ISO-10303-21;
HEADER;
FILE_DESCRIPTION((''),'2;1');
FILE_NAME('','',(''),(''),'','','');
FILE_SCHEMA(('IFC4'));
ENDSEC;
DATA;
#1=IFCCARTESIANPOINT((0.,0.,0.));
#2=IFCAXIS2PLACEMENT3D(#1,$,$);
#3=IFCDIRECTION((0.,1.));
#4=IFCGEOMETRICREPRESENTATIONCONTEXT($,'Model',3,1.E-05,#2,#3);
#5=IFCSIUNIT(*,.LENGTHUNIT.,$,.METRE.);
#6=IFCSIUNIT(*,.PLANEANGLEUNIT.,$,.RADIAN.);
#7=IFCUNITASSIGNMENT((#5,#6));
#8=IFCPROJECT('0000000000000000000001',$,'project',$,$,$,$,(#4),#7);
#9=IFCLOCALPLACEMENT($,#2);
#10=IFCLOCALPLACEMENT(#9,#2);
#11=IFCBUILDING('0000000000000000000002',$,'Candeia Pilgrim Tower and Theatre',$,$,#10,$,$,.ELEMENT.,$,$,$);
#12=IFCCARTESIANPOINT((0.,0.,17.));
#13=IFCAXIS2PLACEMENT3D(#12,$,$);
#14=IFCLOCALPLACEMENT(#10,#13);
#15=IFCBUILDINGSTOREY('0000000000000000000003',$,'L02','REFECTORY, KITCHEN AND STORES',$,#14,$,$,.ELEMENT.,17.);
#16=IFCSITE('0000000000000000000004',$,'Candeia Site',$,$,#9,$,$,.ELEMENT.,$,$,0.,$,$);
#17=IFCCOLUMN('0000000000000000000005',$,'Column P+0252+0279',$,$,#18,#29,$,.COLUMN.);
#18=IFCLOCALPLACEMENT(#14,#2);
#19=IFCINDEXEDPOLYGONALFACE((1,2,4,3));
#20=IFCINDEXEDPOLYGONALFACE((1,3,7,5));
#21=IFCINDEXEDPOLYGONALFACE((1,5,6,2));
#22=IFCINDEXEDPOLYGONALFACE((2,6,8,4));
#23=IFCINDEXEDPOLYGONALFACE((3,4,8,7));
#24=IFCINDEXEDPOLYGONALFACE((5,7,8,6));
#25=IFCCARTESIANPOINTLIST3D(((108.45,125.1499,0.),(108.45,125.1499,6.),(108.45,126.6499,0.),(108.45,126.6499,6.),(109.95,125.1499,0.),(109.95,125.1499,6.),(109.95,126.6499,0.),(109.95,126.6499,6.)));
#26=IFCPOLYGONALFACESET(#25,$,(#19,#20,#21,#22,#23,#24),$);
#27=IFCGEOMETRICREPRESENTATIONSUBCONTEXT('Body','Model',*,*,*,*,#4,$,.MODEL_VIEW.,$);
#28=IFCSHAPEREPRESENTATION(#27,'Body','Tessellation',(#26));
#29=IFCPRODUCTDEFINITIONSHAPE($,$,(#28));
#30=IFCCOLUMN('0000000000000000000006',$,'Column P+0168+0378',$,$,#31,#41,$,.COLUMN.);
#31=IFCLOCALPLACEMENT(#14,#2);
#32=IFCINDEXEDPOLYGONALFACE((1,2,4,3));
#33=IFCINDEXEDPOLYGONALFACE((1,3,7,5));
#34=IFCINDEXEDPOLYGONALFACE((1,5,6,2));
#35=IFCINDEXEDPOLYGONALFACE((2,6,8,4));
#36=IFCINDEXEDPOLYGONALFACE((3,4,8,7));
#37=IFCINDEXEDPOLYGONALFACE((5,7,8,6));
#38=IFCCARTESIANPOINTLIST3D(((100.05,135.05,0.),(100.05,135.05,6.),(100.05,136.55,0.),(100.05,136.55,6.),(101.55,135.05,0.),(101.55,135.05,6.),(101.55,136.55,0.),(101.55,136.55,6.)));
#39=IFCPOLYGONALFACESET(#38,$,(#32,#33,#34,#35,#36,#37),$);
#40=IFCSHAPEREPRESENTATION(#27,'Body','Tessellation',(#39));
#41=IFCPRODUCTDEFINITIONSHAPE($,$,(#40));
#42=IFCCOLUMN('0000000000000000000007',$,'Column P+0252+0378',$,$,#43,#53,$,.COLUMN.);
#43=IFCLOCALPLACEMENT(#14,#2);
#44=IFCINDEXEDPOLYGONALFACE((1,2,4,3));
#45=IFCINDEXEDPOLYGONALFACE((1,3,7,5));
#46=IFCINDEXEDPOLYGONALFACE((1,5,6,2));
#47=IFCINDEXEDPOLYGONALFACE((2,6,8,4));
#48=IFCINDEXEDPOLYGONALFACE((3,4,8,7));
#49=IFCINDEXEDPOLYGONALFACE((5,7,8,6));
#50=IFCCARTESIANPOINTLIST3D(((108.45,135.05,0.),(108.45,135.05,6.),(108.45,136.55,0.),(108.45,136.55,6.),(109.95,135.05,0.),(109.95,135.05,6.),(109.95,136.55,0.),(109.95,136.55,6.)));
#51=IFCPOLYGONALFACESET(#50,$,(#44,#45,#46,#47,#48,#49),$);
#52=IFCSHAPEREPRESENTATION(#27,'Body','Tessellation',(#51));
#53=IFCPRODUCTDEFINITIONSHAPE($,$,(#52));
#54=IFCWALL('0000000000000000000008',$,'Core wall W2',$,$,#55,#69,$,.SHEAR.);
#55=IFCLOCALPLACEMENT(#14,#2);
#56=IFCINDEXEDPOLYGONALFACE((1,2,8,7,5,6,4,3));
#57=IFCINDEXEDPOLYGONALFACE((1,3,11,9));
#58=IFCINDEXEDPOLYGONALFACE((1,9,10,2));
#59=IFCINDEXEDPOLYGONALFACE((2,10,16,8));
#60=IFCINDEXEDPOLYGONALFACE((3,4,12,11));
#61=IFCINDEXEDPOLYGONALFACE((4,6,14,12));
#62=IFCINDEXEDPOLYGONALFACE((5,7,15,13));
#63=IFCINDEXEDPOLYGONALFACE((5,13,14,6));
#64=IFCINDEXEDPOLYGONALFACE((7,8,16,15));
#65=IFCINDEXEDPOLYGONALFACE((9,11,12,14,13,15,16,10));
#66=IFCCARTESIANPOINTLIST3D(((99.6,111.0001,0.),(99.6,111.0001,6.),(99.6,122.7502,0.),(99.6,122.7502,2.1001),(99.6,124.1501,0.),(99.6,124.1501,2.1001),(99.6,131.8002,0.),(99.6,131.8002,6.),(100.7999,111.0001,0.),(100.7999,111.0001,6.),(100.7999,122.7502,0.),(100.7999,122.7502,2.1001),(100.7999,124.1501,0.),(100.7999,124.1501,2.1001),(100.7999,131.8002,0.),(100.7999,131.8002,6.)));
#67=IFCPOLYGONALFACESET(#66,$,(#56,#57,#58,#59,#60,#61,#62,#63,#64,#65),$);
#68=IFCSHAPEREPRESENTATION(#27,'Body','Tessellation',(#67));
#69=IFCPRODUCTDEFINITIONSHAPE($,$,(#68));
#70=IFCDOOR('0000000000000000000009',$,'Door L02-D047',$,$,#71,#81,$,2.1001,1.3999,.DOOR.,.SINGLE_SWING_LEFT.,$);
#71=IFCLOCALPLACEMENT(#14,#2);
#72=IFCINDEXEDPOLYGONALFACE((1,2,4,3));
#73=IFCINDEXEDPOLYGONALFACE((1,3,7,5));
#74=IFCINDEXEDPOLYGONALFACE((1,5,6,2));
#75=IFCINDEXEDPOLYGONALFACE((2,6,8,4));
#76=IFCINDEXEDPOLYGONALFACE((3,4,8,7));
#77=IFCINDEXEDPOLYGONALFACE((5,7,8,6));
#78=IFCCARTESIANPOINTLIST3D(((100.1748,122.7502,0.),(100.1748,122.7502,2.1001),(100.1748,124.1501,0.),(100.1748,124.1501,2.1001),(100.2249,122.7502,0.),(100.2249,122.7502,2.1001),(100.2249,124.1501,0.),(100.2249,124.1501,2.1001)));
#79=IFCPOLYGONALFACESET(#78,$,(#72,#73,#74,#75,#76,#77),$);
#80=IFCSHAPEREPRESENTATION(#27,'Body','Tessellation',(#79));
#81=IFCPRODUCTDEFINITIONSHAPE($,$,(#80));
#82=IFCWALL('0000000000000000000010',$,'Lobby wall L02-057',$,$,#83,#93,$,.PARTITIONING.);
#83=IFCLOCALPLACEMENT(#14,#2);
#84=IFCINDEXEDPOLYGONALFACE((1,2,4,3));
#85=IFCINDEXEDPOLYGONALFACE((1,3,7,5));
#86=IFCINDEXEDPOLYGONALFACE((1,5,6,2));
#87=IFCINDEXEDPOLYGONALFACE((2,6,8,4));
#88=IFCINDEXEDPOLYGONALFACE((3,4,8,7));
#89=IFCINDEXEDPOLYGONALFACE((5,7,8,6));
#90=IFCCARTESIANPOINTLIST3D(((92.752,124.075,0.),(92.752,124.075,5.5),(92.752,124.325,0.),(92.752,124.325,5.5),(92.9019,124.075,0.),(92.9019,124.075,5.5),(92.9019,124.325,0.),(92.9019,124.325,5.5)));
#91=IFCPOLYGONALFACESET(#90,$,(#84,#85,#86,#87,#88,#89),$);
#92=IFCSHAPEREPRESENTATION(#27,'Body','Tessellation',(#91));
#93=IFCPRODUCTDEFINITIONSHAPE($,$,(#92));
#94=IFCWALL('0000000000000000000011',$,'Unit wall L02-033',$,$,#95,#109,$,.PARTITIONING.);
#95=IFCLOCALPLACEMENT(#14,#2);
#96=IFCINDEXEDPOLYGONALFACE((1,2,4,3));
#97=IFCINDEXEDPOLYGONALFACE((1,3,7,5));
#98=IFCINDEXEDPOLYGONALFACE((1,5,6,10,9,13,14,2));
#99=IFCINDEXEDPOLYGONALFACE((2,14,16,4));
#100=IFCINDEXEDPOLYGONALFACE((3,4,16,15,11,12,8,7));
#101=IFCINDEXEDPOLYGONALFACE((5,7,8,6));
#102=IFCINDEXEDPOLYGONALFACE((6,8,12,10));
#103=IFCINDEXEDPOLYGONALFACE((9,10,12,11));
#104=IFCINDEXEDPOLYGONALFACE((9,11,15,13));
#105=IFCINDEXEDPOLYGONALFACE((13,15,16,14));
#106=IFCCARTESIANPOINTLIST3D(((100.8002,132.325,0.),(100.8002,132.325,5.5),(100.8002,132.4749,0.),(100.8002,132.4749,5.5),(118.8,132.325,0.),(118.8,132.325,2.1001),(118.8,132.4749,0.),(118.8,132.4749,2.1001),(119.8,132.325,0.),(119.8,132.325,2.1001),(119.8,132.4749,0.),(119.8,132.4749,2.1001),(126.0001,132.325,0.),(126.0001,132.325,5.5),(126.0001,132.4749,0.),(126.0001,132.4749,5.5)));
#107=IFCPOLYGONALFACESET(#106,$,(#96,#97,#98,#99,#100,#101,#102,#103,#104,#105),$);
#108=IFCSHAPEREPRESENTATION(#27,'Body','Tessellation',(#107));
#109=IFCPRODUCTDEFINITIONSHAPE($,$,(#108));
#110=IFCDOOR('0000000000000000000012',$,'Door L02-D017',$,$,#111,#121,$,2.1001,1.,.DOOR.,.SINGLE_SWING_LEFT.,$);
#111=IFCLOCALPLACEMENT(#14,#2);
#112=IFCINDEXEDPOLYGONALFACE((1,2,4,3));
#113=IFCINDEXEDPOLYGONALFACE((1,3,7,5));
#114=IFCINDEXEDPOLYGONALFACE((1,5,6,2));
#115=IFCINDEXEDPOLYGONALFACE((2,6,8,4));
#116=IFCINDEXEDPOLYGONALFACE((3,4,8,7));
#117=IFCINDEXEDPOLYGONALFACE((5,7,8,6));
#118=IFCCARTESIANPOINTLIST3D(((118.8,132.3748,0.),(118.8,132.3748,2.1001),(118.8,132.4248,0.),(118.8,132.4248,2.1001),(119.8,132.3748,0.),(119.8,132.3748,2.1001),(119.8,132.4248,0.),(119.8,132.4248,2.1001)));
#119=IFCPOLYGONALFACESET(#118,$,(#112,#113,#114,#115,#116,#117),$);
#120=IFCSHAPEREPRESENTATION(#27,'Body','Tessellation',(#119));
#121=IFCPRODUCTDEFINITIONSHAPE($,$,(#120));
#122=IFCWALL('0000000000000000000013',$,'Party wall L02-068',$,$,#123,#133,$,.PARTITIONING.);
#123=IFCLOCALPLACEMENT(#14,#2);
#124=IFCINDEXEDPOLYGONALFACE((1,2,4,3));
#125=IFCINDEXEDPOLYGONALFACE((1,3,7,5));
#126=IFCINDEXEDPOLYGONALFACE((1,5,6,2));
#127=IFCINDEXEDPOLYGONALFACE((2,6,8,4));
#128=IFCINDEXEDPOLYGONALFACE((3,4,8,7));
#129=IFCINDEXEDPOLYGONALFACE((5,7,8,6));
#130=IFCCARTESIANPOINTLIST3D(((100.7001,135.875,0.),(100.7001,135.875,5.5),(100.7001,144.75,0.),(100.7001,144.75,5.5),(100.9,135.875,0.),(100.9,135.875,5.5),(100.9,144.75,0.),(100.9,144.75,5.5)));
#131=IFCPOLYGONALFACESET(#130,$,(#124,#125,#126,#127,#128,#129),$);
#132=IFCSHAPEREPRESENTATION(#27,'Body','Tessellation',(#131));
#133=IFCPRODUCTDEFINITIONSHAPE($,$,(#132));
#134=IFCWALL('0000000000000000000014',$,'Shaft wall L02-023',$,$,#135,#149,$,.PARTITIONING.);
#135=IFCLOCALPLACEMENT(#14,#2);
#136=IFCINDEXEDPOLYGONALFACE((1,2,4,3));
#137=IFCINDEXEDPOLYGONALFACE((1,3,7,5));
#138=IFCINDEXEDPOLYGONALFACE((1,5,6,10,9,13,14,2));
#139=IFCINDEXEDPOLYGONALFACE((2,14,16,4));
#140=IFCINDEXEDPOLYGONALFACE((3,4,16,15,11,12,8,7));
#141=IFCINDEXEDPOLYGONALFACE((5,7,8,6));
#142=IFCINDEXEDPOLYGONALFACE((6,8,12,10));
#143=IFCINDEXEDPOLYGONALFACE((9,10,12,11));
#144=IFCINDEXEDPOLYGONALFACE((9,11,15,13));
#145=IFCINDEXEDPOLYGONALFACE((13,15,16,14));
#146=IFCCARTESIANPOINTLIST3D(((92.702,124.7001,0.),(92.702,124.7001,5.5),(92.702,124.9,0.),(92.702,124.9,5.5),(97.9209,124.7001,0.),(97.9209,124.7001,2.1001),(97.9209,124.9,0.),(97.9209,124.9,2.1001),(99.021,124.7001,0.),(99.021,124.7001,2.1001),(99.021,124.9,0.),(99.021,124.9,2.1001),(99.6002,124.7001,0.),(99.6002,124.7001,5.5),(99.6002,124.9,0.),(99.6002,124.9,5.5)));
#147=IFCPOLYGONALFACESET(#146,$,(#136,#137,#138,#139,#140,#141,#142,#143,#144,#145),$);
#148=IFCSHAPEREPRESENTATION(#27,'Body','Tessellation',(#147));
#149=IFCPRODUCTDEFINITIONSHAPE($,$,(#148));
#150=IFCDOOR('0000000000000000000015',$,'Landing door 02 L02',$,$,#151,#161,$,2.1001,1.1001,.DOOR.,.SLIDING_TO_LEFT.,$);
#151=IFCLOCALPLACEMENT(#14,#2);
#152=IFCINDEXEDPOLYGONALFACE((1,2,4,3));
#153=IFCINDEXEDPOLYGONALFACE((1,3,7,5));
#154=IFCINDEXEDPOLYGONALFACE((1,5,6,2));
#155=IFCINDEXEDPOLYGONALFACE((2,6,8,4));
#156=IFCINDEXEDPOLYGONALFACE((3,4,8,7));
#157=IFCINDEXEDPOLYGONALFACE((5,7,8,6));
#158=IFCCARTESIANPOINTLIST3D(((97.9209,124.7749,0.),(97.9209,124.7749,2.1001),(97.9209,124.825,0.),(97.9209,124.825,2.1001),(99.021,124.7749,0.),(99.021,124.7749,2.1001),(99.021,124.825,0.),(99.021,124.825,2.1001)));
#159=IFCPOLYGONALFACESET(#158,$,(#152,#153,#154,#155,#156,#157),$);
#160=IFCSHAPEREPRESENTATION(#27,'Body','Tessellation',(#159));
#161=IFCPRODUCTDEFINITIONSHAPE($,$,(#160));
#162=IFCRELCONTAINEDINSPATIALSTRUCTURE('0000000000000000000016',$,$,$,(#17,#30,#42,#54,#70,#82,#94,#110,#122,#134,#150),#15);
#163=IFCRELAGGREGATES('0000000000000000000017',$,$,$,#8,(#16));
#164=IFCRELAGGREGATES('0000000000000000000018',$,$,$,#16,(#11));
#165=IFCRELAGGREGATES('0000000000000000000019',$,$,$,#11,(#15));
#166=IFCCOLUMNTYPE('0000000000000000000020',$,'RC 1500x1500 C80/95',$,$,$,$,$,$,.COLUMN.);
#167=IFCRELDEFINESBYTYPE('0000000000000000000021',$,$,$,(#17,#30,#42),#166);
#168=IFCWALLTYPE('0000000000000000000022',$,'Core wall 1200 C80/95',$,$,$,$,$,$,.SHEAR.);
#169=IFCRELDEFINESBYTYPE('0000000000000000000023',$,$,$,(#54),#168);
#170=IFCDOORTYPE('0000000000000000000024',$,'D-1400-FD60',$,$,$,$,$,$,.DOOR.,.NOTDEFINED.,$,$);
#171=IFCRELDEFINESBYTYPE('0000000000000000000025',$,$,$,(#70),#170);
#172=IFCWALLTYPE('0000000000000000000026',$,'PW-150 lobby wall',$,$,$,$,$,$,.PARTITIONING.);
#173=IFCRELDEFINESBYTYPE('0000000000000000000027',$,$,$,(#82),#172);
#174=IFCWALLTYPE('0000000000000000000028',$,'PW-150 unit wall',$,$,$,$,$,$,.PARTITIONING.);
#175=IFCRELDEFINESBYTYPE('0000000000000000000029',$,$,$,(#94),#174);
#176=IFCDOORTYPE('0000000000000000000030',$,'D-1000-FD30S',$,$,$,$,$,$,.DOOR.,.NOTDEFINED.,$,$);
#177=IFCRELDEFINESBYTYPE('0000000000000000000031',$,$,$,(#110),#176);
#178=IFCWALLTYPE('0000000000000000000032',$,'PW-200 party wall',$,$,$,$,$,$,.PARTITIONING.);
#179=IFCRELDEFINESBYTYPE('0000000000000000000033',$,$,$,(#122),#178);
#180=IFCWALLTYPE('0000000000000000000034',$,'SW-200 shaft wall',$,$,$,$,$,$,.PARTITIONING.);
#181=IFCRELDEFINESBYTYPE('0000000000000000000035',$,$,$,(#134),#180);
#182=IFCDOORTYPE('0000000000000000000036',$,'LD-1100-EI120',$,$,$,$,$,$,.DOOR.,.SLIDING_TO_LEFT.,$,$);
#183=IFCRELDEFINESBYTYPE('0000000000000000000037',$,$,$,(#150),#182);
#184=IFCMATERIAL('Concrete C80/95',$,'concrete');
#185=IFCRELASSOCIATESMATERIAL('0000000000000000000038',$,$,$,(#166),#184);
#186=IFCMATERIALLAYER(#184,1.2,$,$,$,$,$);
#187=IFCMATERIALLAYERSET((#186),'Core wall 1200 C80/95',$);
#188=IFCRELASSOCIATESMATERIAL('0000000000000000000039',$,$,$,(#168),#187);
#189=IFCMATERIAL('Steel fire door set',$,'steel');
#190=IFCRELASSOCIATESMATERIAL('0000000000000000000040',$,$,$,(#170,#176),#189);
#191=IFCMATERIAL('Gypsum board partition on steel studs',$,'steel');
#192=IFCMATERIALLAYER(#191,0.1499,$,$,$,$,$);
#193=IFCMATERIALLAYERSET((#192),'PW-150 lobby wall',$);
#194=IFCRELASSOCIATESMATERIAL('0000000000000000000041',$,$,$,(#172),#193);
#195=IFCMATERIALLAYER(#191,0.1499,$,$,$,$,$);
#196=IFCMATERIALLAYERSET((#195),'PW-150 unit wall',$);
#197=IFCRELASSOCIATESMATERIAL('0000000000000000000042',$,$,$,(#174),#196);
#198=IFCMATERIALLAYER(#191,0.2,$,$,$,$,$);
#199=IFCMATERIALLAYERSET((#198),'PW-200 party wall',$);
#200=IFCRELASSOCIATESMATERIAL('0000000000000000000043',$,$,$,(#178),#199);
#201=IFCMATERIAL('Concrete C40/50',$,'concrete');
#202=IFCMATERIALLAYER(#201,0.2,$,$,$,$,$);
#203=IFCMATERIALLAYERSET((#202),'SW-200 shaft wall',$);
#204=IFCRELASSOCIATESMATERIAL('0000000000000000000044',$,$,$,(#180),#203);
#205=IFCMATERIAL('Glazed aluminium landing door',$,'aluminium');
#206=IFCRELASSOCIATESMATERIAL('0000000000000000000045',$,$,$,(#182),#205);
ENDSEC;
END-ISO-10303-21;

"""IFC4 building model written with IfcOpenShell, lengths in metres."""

from ifc_helpers import new_model, si_unit, direction, frame, frame_2d, origin, origin_2d, place, context, subcontext, project, spatial, rectangle, extrude, material, layer, layer_set, material_profile, profile_set, type_object, element, fill, save


model = new_model("IFC4")

# Units and contexts
model_context = context("Model", 3, precision=1e-05, world=origin(), true_north=direction((0.0, 1.0)))
body_context = subcontext(model_context, "Body", "Model", "MODEL_VIEW")
ifc_project = project(units=[si_unit("LENGTHUNIT", "METRE"), si_unit("PLANEANGLEUNIT", "RADIAN")], contexts=[model_context])

# Site, building, storey
site_placement = place(None, origin())
site = spatial("IfcSite", under=ifc_project, at=site_placement, Name="Candeia Site", CompositionType="ELEMENT", RefElevation=0.0)
building_placement = place(site_placement, origin())
building = spatial("IfcBuilding", under=site, at=building_placement, Name="Candeia Pilgrim Tower and Theatre", CompositionType="ELEMENT")
storey_placement = place(building_placement, frame((0.0, 0.0, 17.0)))
storey = spatial("IfcBuildingStorey", under=building, at=storey_placement, Name="L02", Description="REFECTORY, KITCHEN AND STORES", CompositionType="ELEMENT", Elevation=17.0)

# Columns
ifc_material_1 = material(Name="Concrete C80/95", Category="concrete")
ifc_material_profile = material_profile(ifc_material_1, rectangle(XDim=1.5, YDim=1.5, at=origin_2d()))
ifc_profile_set = profile_set([ifc_material_profile], Name="Concrete C80/95")
column_type = type_object("IfcColumnType", Name="RC 1500x1500 C80/95", PredefinedType="COLUMN", material=ifc_profile_set)
for number, where, z_axis, x_axis, name in (
    (1, (109.2, 125.8999, 0.0), (0.0, 0.0, 1.0), (1.0, 0.0, 0.0), "Column P+0252+0279"),
    (2, (100.8, 135.8, 0.0), (0.0, 0.0, 1.0), (1.0, 0.0, 0.0), "Column P+0168+0378"),
    (3, (109.2, 135.8, 0.0), (0.0, 0.0, 1.0), (1.0, 0.0, 0.0), "Column P+0252+0378"),
):
    element("IfcColumn", number, at=place(storey_placement, frame(where, z_axis=z_axis, x_axis=x_axis)), inside=storey, type_object=column_type, Name=name, PredefinedType="COLUMN", context=body_context, shape_type="SweptSolid", body=[
        extrude(rectangle(XDim=1.5, YDim=1.5, at=origin_2d()), origin(), (0.0, 0.0, 1.0), 6.0),
    ])

# Wall, opening, door
ifc_layer_1 = layer(ifc_material_1, 1.2)
ifc_layer_set_1 = layer_set([ifc_layer_1], Name="Core wall 1200 C80/95")
wall_type_1 = type_object("IfcWallType", Name="Core wall 1200 C80/95", PredefinedType="SHEAR", material=ifc_layer_set_1)
wall_1_placement = place(storey_placement, frame((100.2, 131.8, 0.0), z_axis=(0.0, 0.0, 1.0), x_axis=(0.0, -1.0, 0.0)))
wall_1 = element("IfcWall", 4, at=wall_1_placement, inside=storey, type_object=wall_type_1, Name="Core wall W2", PredefinedType="SHEAR", context=body_context, shape_type="SweptSolid", body=[
    extrude(rectangle(XDim=20.8, YDim=1.2, at=frame_2d((10.3999, 0.0))), origin(), (0.0, 0.0, 1.0), 6.0),
])
opening_1_placement = place(wall_1_placement, frame((7.6499, 0.0, 0.0)))
opening_1 = element("IfcOpeningElement", 5, at=opening_1_placement, cuts=wall_1, PredefinedType="OPENING", context=body_context, shape_type="SweptSolid", body=[
    extrude(rectangle(XDim=1.3999, YDim=2.1001, at=frame_2d((0.7, 1.05))), frame((0.0, 0.6099, 0.0), z_axis=(0.0, -1.0, 0.0), x_axis=(1.0, 0.0, 0.0)), (0.0, 0.0, 1.0), 1.22),
])
ifc_material_2 = material(Name="Steel fire door set", Category="steel")
door_type_1 = type_object("IfcDoorType", Name="D-1400-FD60", OperationType="NOTDEFINED", PredefinedType="DOOR", material=ifc_material_2)
door_1_placement = place(opening_1_placement, origin())
door_1 = element("IfcDoor", 6, at=door_1_placement, inside=storey, type_object=door_type_1, Name="Door L02-D047", OperationType="SINGLE_SWING_LEFT", OverallHeight=2.1001, OverallWidth=1.3999, PredefinedType="DOOR", context=body_context, shape_type="SweptSolid", body=[
    extrude(rectangle(XDim=1.3999, YDim=2.1001, at=frame_2d((0.7, 1.05))), frame((0.0, 0.0249, 0.0), z_axis=(0.0, -1.0, 0.0), x_axis=(1.0, 0.0, 0.0)), (0.0, 0.0, 1.0), 0.05),
])
fill(opening_1, door_1)

# Wall
ifc_material_3 = material(Name="Gypsum board partition on steel studs", Category="steel")
ifc_layer_2 = layer(ifc_material_3, 0.1499)
ifc_layer_set_2 = layer_set([ifc_layer_2], Name="PW-150 lobby wall")
wall_type_2 = type_object("IfcWallType", Name="PW-150 lobby wall", PredefinedType="PARTITIONING", material=ifc_layer_set_2)
wall_2_placement = place(storey_placement, frame((92.8269, 124.075, 0.0), z_axis=(0.0, 0.0, 1.0), x_axis=(0.0, 1.0, 0.0)))
element("IfcWall", 7, at=wall_2_placement, inside=storey, type_object=wall_type_2, Name="Lobby wall L02-057", PredefinedType="PARTITIONING", context=body_context, shape_type="SweptSolid", body=[
    extrude(rectangle(XDim=0.25, YDim=0.1499, at=frame_2d((0.125, 0.0))), origin(), (0.0, 0.0, 1.0), 5.5),
])

# Wall, opening, door
ifc_layer_3 = layer(ifc_material_3, 0.1499)
ifc_layer_set_3 = layer_set([ifc_layer_3], Name="PW-150 unit wall")
wall_type_3 = type_object("IfcWallType", Name="PW-150 unit wall", PredefinedType="PARTITIONING", material=ifc_layer_set_3)
wall_3_placement = place(storey_placement, frame((100.8, 132.3999, 0.0), z_axis=(0.0, 0.0, 1.0), x_axis=(1.0, 0.0, 0.0)))
wall_3 = element("IfcWall", 8, at=wall_3_placement, inside=storey, type_object=wall_type_3, Name="Unit wall L02-033", PredefinedType="PARTITIONING", context=body_context, shape_type="SweptSolid", body=[
    extrude(rectangle(XDim=25.2, YDim=0.1499, at=frame_2d((12.6001, 0.0))), origin(), (0.0, 0.0, 1.0), 5.5),
])
opening_2_placement = place(wall_3_placement, frame((18.0, 0.0, 0.0)))
opening_2 = element("IfcOpeningElement", 9, at=opening_2_placement, cuts=wall_3, PredefinedType="OPENING", context=body_context, shape_type="SweptSolid", body=[
    extrude(rectangle(XDim=1.0, YDim=2.1001, at=frame_2d((0.5, 1.05))), frame((0.0, 0.085, 0.0), z_axis=(0.0, -1.0, 0.0), x_axis=(1.0, 0.0, 0.0)), (0.0, 0.0, 1.0), 0.1699),
])
door_type_2 = type_object("IfcDoorType", Name="D-1000-FD30S", OperationType="NOTDEFINED", PredefinedType="DOOR", material=ifc_material_2)
door_2_placement = place(opening_2_placement, origin())
door_2 = element("IfcDoor", 10, at=door_2_placement, inside=storey, type_object=door_type_2, Name="Door L02-D017", OperationType="SINGLE_SWING_LEFT", OverallHeight=2.1001, OverallWidth=1.0, PredefinedType="DOOR", context=body_context, shape_type="SweptSolid", body=[
    extrude(rectangle(XDim=1.0, YDim=2.1001, at=frame_2d((0.5, 1.05))), frame((0.0, 0.0249, 0.0), z_axis=(0.0, -1.0, 0.0), x_axis=(1.0, 0.0, 0.0)), (0.0, 0.0, 1.0), 0.05),
])
fill(opening_2, door_2)

# Wall
ifc_layer_4 = layer(ifc_material_3, 0.2)
ifc_layer_set_4 = layer_set([ifc_layer_4], Name="PW-200 party wall")
wall_type_4 = type_object("IfcWallType", Name="PW-200 party wall", PredefinedType="PARTITIONING", material=ifc_layer_set_4)
wall_4_placement = place(storey_placement, frame((100.8, 135.875, 0.0), z_axis=(0.0, 0.0, 1.0), x_axis=(0.0, 1.0, 0.0)))
element("IfcWall", 11, at=wall_4_placement, inside=storey, type_object=wall_type_4, Name="Party wall L02-068", PredefinedType="PARTITIONING", context=body_context, shape_type="SweptSolid", body=[
    extrude(rectangle(XDim=8.875, YDim=0.2, at=frame_2d((4.4375, 0.0))), origin(), (0.0, 0.0, 1.0), 5.5),
])

# Wall, opening, door
ifc_material_4 = material(Name="Concrete C40/50", Category="concrete")
ifc_layer_5 = layer(ifc_material_4, 0.2)
ifc_layer_set_5 = layer_set([ifc_layer_5], Name="SW-200 shaft wall")
wall_type_5 = type_object("IfcWallType", Name="SW-200 shaft wall", PredefinedType="PARTITIONING", material=ifc_layer_set_5)
wall_5_placement = place(storey_placement, frame((92.7019, 124.8, 0.0), z_axis=(0.0, 0.0, 1.0), x_axis=(1.0, 0.0, 0.0)))
wall_5 = element("IfcWall", 12, at=wall_5_placement, inside=storey, type_object=wall_type_5, Name="Shaft wall L02-023", PredefinedType="PARTITIONING", context=body_context, shape_type="SweptSolid", body=[
    extrude(rectangle(XDim=6.8982, YDim=0.2, at=frame_2d((3.4492, 0.0))), origin(), (0.0, 0.0, 1.0), 5.5),
])
opening_3_placement = place(wall_5_placement, frame((5.219, 0.0, 0.0)))
opening_3 = element("IfcOpeningElement", 13, at=opening_3_placement, cuts=wall_5, PredefinedType="OPENING", context=body_context, shape_type="SweptSolid", body=[
    extrude(rectangle(XDim=1.1001, YDim=2.1001, at=frame_2d((0.55, 1.05))), frame((0.0, 0.1099, 0.0), z_axis=(0.0, -1.0, 0.0), x_axis=(1.0, 0.0, 0.0)), (0.0, 0.0, 1.0), 0.22),
])
ifc_material_5 = material(Name="Glazed aluminium landing door", Category="aluminium")
door_type_3 = type_object("IfcDoorType", Name="LD-1100-EI120", OperationType="SLIDING_TO_LEFT", PredefinedType="DOOR", material=ifc_material_5)
door_3_placement = place(opening_3_placement, origin())
door_3 = element("IfcDoor", 14, at=door_3_placement, inside=storey, type_object=door_type_3, Name="Landing door 02 L02", OperationType="SLIDING_TO_LEFT", OverallHeight=2.1001, OverallWidth=1.1001, PredefinedType="DOOR", context=body_context, shape_type="SweptSolid", body=[
    extrude(rectangle(XDim=1.1001, YDim=2.1001, at=frame_2d((0.55, 1.05))), frame((0.0, 0.0249, 0.0), z_axis=(0.0, -1.0, 0.0), x_axis=(1.0, 0.0, 0.0)), (0.0, 0.0, 1.0), 0.05),
])
fill(opening_3, door_3)

save(model, "model.ifc")
